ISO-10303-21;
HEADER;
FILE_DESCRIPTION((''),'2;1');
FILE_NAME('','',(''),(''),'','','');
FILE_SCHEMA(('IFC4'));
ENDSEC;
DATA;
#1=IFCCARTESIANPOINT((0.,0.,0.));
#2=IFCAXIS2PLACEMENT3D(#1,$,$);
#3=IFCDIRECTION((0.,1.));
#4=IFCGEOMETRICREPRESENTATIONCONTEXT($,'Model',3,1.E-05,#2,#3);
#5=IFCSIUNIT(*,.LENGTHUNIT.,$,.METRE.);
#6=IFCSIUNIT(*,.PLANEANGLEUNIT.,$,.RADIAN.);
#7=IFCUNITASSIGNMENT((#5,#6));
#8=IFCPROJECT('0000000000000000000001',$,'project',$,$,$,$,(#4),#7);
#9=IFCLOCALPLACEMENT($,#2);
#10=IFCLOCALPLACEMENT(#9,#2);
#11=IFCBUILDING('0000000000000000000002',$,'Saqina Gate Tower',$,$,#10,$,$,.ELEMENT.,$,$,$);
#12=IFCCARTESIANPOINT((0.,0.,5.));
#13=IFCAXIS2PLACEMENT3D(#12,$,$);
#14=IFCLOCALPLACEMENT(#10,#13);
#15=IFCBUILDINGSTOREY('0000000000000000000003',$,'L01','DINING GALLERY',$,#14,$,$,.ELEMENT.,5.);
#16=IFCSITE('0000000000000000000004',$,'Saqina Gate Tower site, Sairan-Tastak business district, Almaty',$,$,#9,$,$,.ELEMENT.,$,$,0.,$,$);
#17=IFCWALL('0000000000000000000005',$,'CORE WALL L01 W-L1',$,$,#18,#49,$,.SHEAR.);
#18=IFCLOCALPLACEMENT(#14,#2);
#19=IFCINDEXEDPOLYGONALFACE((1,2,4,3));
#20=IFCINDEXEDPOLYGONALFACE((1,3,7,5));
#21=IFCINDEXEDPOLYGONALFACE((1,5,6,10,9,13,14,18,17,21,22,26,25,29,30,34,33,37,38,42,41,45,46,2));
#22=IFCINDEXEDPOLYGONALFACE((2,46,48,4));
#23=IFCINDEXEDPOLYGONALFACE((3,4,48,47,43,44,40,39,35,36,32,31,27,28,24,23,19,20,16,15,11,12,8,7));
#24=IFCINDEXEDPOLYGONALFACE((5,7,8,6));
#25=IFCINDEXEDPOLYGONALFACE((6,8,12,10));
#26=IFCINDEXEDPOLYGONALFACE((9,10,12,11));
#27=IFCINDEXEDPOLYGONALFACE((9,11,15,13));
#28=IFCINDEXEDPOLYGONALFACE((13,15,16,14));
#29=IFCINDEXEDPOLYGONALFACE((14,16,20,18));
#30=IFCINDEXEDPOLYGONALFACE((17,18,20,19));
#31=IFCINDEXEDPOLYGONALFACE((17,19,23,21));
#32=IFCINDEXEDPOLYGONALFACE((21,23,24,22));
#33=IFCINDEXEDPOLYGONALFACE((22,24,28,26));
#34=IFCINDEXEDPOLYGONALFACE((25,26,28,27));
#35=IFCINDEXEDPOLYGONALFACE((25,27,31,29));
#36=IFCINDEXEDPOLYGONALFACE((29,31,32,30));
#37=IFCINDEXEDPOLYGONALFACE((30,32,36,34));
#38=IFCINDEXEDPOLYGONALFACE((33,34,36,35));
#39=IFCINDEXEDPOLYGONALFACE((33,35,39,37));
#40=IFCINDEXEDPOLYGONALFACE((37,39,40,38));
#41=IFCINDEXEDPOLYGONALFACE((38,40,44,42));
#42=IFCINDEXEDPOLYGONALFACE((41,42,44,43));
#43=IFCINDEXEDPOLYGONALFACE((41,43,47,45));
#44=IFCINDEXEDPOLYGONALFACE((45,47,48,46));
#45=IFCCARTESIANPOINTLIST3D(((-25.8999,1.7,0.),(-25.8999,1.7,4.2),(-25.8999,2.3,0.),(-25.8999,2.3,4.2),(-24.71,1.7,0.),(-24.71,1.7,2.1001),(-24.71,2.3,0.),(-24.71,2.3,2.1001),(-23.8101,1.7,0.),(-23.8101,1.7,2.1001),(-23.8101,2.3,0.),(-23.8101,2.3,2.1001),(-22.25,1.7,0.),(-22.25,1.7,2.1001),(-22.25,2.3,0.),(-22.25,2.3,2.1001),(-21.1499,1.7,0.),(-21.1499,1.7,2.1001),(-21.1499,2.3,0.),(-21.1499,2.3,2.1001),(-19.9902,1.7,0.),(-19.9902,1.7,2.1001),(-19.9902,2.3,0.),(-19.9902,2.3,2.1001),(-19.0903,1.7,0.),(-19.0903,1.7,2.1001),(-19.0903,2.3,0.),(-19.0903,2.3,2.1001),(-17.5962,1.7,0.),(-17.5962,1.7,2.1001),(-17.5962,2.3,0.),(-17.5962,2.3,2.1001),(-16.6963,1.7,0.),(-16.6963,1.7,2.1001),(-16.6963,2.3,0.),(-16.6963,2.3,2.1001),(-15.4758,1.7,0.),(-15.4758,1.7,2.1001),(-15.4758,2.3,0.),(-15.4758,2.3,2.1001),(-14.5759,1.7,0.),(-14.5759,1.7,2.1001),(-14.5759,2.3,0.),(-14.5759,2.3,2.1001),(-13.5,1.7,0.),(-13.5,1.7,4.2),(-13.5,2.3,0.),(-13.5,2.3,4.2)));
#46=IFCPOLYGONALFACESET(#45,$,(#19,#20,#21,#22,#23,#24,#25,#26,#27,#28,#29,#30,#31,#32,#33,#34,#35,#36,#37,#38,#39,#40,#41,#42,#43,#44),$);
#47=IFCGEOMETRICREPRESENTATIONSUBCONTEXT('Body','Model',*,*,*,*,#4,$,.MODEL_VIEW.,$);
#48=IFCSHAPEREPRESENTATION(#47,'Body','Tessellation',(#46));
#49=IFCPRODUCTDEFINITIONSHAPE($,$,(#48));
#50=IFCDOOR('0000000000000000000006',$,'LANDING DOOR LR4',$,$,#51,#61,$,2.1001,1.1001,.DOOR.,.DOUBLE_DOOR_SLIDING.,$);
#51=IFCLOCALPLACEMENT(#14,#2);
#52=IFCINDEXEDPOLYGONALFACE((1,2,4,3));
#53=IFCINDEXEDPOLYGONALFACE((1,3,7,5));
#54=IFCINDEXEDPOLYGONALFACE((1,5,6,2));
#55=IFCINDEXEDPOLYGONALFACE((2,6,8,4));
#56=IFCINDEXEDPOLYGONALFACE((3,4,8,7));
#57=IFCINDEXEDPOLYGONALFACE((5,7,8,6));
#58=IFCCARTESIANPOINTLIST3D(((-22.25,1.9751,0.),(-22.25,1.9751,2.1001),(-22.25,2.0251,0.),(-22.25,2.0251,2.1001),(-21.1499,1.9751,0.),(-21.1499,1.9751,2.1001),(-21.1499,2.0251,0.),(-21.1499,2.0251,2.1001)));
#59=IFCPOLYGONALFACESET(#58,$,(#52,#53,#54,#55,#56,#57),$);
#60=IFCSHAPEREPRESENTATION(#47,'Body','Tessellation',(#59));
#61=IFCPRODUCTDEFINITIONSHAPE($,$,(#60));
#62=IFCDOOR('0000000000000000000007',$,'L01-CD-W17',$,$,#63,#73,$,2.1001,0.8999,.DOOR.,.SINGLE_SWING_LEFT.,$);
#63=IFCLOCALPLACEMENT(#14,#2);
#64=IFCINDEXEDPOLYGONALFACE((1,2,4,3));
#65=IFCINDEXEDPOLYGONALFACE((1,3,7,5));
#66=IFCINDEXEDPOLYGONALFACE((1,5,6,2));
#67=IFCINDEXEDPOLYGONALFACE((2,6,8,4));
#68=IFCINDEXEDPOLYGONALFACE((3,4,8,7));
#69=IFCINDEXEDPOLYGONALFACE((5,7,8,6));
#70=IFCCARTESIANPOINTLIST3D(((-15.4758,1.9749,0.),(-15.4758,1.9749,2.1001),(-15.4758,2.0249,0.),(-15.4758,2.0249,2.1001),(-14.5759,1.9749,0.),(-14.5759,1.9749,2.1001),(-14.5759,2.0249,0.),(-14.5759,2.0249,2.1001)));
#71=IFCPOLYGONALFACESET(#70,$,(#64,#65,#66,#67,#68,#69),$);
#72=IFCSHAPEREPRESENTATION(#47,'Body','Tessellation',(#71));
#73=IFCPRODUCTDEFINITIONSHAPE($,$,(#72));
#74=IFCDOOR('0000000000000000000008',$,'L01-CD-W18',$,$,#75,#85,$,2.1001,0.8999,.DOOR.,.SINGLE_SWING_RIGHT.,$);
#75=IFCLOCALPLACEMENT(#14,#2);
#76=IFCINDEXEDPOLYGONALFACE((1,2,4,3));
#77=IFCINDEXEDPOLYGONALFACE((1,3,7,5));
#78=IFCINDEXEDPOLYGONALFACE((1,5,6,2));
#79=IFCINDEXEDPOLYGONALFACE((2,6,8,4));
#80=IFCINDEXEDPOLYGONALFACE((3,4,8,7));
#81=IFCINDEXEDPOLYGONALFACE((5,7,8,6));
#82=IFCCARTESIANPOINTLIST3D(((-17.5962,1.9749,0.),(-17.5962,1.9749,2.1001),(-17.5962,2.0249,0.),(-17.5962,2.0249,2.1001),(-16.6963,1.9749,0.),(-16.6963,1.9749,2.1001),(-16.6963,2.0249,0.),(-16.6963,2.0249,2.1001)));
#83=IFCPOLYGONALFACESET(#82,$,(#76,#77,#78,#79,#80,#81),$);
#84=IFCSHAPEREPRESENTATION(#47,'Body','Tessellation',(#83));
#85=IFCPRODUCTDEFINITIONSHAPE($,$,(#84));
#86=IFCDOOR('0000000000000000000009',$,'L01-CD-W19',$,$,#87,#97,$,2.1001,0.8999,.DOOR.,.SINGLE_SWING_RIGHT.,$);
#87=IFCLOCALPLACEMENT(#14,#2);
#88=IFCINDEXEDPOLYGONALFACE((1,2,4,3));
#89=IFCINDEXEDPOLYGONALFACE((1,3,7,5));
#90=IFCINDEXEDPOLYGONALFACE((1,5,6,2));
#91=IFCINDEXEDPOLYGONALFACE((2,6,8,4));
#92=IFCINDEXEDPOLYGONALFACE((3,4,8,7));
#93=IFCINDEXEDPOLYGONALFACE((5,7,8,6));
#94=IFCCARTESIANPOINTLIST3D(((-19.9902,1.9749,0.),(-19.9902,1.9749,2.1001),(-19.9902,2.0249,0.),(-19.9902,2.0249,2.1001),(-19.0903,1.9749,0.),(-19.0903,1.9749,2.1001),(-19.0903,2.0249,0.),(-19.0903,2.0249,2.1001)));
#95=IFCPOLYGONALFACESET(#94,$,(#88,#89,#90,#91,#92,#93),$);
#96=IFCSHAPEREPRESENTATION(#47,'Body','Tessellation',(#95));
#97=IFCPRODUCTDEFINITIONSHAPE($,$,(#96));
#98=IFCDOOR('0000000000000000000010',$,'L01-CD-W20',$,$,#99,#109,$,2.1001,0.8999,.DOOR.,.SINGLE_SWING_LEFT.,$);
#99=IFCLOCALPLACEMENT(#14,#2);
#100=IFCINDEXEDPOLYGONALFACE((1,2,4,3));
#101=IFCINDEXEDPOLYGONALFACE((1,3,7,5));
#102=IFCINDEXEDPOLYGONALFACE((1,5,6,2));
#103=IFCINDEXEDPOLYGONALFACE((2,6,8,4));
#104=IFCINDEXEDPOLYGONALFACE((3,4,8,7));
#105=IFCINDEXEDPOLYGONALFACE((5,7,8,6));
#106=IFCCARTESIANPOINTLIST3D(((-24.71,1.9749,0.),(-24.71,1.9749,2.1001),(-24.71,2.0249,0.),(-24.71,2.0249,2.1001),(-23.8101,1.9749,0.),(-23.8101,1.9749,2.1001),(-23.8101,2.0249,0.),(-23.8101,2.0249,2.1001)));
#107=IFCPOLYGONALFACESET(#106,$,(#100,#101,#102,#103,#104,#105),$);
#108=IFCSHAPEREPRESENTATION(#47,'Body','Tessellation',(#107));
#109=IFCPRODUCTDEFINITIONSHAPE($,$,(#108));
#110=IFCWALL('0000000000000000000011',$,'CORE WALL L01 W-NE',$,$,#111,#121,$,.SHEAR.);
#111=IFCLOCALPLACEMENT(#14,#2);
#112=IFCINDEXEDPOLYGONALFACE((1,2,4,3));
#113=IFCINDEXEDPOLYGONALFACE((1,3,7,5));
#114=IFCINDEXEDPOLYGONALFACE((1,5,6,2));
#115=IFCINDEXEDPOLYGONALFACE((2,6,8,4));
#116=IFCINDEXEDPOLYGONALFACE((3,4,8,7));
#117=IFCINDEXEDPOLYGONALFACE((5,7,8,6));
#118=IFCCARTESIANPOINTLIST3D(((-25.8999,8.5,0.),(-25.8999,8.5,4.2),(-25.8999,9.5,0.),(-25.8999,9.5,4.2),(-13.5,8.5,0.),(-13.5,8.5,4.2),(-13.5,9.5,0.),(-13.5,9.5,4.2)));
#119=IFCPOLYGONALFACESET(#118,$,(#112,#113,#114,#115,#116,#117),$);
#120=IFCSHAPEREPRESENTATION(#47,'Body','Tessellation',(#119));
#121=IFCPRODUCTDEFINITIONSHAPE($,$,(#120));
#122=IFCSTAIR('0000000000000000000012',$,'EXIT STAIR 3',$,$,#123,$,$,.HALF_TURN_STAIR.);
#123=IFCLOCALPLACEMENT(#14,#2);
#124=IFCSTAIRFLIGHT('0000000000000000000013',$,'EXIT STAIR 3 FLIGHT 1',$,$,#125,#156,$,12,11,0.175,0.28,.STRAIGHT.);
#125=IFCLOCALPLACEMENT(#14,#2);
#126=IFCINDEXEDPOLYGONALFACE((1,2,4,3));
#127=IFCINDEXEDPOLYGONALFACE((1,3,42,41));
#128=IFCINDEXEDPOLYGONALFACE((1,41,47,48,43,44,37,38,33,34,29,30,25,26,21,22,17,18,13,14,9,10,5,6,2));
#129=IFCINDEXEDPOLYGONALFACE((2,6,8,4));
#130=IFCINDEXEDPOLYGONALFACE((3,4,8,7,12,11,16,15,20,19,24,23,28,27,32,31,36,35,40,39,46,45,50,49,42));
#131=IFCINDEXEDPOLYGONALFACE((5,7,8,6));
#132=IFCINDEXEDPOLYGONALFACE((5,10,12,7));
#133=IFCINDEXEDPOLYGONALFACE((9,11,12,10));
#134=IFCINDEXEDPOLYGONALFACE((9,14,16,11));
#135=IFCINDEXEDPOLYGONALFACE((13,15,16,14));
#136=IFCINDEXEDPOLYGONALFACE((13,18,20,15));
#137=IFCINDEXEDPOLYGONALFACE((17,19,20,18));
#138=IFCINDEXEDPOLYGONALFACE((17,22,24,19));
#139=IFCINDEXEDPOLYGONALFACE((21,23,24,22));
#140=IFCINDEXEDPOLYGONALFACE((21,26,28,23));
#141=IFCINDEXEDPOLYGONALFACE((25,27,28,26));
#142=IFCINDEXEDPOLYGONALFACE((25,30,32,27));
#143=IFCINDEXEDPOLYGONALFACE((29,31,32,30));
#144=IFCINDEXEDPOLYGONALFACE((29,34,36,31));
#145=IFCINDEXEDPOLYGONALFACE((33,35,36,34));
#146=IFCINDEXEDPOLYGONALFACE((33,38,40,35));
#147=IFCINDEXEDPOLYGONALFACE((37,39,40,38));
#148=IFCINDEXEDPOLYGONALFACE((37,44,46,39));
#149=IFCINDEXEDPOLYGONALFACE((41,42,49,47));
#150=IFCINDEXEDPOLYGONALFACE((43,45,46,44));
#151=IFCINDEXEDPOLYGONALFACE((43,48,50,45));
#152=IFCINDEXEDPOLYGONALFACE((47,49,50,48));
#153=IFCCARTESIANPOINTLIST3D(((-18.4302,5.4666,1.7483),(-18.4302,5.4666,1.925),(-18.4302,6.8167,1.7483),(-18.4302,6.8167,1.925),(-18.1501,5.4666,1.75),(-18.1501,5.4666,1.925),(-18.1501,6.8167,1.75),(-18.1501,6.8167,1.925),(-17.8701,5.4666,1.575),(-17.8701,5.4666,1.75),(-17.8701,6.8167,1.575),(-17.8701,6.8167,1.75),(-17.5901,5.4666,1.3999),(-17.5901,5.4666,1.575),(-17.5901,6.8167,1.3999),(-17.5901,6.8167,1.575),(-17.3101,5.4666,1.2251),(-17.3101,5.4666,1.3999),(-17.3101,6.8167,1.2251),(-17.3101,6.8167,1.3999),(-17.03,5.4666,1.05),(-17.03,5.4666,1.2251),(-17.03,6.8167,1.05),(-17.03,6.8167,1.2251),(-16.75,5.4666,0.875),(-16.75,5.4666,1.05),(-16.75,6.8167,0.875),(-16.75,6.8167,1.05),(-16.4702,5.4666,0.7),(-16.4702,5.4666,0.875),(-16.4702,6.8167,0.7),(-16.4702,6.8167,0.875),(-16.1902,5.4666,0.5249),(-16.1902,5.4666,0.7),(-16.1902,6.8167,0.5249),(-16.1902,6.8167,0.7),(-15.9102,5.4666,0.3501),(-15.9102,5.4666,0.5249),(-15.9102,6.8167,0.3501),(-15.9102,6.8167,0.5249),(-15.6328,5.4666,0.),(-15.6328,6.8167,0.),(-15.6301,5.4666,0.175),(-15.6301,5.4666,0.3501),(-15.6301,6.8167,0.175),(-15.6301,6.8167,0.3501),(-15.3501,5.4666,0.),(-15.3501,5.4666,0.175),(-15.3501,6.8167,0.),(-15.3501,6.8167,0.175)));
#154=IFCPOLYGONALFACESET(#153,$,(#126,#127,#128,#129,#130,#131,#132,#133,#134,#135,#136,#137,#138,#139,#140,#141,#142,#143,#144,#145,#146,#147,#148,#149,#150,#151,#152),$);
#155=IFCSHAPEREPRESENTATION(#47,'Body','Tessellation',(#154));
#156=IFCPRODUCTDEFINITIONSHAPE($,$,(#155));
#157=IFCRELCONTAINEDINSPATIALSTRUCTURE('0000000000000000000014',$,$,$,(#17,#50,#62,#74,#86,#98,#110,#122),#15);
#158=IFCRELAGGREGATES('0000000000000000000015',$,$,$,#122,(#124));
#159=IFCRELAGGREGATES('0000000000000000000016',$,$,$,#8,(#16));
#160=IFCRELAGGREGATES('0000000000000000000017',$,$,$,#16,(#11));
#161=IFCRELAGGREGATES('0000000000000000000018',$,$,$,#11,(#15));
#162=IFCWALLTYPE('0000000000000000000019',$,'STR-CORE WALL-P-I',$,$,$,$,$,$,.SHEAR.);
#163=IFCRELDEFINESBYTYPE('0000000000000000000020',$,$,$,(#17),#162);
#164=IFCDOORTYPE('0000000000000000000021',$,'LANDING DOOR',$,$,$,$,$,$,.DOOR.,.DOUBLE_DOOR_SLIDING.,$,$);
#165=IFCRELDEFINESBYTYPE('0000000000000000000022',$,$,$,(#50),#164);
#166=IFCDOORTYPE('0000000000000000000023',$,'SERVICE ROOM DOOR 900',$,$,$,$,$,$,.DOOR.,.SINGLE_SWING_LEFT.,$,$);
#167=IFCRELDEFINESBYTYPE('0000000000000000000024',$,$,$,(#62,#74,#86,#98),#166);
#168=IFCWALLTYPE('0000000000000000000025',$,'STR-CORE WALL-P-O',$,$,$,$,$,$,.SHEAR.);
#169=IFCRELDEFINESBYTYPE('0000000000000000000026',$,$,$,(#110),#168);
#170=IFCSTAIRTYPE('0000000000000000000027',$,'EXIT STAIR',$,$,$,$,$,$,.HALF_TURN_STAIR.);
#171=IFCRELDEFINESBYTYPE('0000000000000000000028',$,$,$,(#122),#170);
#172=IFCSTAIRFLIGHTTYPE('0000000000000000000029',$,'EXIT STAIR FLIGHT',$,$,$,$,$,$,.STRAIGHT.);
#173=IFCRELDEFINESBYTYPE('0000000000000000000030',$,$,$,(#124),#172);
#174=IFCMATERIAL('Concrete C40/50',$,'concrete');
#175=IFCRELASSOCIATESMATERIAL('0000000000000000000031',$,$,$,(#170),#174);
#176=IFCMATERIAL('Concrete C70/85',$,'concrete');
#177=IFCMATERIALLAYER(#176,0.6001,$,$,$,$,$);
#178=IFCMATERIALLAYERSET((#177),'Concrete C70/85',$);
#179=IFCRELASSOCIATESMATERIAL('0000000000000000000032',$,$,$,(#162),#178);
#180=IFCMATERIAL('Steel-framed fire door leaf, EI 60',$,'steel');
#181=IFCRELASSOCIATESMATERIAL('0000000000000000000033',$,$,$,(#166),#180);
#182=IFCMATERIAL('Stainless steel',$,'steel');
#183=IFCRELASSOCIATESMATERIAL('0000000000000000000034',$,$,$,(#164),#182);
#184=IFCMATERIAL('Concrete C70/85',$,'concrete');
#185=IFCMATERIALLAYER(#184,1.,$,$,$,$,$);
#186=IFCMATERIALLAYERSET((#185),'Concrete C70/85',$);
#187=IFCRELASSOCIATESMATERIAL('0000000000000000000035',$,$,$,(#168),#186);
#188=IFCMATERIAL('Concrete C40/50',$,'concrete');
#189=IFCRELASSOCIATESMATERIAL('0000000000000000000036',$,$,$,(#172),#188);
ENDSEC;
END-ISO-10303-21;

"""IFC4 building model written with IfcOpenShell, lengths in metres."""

from ifc_helpers import new_model, si_unit, direction, frame, frame_2d, origin, place, context, subcontext, project, spatial, polyline, rectangle, outline, extrude, material, layer, layer_set, type_object, element, fill, aggregate, save


model = new_model("IFC4")

# Units and contexts
model_context = context("Model", 3, precision=1e-05, world=origin(), true_north=direction((0.0, 1.0)))
body_context = subcontext(model_context, "Body", "Model", "MODEL_VIEW")
ifc_project = project(units=[si_unit("LENGTHUNIT", "METRE"), si_unit("PLANEANGLEUNIT", "RADIAN")], contexts=[model_context])

# Site, building, storey
site_placement = place(None, origin())
site = spatial("IfcSite", under=ifc_project, at=site_placement, Name="Saqina Gate Tower site, Sairan-Tastak business district, Almaty", CompositionType="ELEMENT", RefElevation=0.0)
building_placement = place(site_placement, origin())
building = spatial("IfcBuilding", under=site, at=building_placement, Name="Saqina Gate Tower", CompositionType="ELEMENT")
storey_placement = place(building_placement, frame((0.0, 0.0, 5.0)))
storey = spatial("IfcBuildingStorey", under=building, at=storey_placement, Name="L01", Description="DINING GALLERY", CompositionType="ELEMENT", Elevation=5.0)

# Shared definitions
ifc_material_1 = material(Name="Concrete C40/50", Category="concrete")
stair_type = type_object("IfcStairType", Name="EXIT STAIR", PredefinedType="HALF_TURN_STAIR", material=ifc_material_1)

# Shared definitions
ifc_material_2 = material(Name="Concrete C70/85", Category="concrete")
ifc_layer_1 = layer(ifc_material_2, 0.6001)
ifc_layer_set_1 = layer_set([ifc_layer_1], Name="Concrete C70/85")
wall_type_1 = type_object("IfcWallType", Name="STR-CORE WALL-P-I", PredefinedType="SHEAR", material=ifc_layer_set_1)
ifc_material_3 = material(Name="Steel-framed fire door leaf, EI 60", Category="steel")
door_type_1 = type_object("IfcDoorType", Name="SERVICE ROOM DOOR 900", OperationType="SINGLE_SWING_LEFT", PredefinedType="DOOR", material=ifc_material_3)

# Wall, openings, doors
wall_1_placement = place(storey_placement, frame((-13.5, 2.0, 0.0), z_axis=(0.0, 0.0, 1.0), x_axis=(-1.0, 0.0, 0.0)))
wall_1 = element("IfcWall", 1, at=wall_1_placement, inside=storey, type_object=wall_type_1, Name="CORE WALL L01 W-L1", PredefinedType="SHEAR", context=body_context, shape_type="SweptSolid", body=[
    extrude(rectangle(XDim=12.3999, YDim=0.6001, at=frame_2d((6.2, 0.0))), origin(), (0.0, 0.0, 1.0), 4.2),
])
opening_1_placement = place(wall_1_placement, frame((7.6499, 0.0, 0.0)))
opening_1 = element("IfcOpeningElement", 2, at=opening_1_placement, cuts=wall_1, PredefinedType="OPENING", context=body_context, shape_type="SweptSolid", body=[
    extrude(rectangle(XDim=1.1001, YDim=2.1001, at=frame_2d((0.55, 1.05))), frame((0.0, 0.312, 0.0), z_axis=(0.0, -1.0, 0.0), x_axis=(1.0, 0.0, 0.0)), (0.0, 0.0, 1.0), 0.624),
])
opening_2_placement = place(wall_1_placement, frame((1.0759, 0.0, 0.0)))
opening_2 = element("IfcOpeningElement", 3, at=opening_2_placement, cuts=wall_1, PredefinedType="OPENING", context=body_context, shape_type="SweptSolid", body=[
    extrude(rectangle(XDim=0.8999, YDim=2.1001, at=frame_2d((0.45, 1.05))), frame((0.0, 0.312, 0.0), z_axis=(0.0, -1.0, 0.0), x_axis=(1.0, 0.0, 0.0)), (0.0, 0.0, 1.0), 0.624),
])
opening_3_placement = place(wall_1_placement, frame((3.1963, 0.0, 0.0)))
opening_3 = element("IfcOpeningElement", 4, at=opening_3_placement, cuts=wall_1, PredefinedType="OPENING", context=body_context, shape_type="SweptSolid", body=[
    extrude(rectangle(XDim=0.8999, YDim=2.1001, at=frame_2d((0.45, 1.05))), frame((0.0, 0.312, 0.0), z_axis=(0.0, -1.0, 0.0), x_axis=(1.0, 0.0, 0.0)), (0.0, 0.0, 1.0), 0.624),
])
opening_4_placement = place(wall_1_placement, frame((5.5903, 0.0, 0.0)))
opening_4 = element("IfcOpeningElement", 5, at=opening_4_placement, cuts=wall_1, PredefinedType="OPENING", context=body_context, shape_type="SweptSolid", body=[
    extrude(rectangle(XDim=0.8999, YDim=2.1001, at=frame_2d((0.45, 1.05))), frame((0.0, 0.312, 0.0), z_axis=(0.0, -1.0, 0.0), x_axis=(1.0, 0.0, 0.0)), (0.0, 0.0, 1.0), 0.624),
])
opening_5_placement = place(wall_1_placement, frame((10.3101, 0.0, 0.0)))
opening_5 = element("IfcOpeningElement", 6, at=opening_5_placement, cuts=wall_1, PredefinedType="OPENING", context=body_context, shape_type="SweptSolid", body=[
    extrude(rectangle(XDim=0.8999, YDim=2.1001, at=frame_2d((0.45, 1.05))), frame((0.0, 0.312, 0.0), z_axis=(0.0, -1.0, 0.0), x_axis=(1.0, 0.0, 0.0)), (0.0, 0.0, 1.0), 0.624),
])
ifc_material_4 = material(Name="Stainless steel", Category="steel")
door_type_2 = type_object("IfcDoorType", Name="LANDING DOOR", OperationType="DOUBLE_DOOR_SLIDING", PredefinedType="DOOR", material=ifc_material_4)
door_1_placement = place(opening_1_placement, origin())
door_1 = element("IfcDoor", 7, at=door_1_placement, inside=storey, type_object=door_type_2, Name="LANDING DOOR LR4", OperationType="DOUBLE_DOOR_SLIDING", OverallHeight=2.1001, OverallWidth=1.1001, PredefinedType="DOOR", context=body_context, shape_type="SweptSolid", body=[
    extrude(rectangle(XDim=1.1001, YDim=2.1001, at=frame_2d((0.55, 1.05))), frame((0.0, 0.0249, 0.0), z_axis=(0.0, -1.0, 0.0), x_axis=(1.0, 0.0, 0.0)), (0.0, 0.0, 1.0), 0.05),
])
fill(opening_1, door_1)
door_2_placement = place(opening_2_placement, frame((0.8999, 0.0, 0.0), z_axis=(0.0, 0.0, 1.0), x_axis=(-1.0, 0.0, 0.0)))
door_2 = element("IfcDoor", 8, at=door_2_placement, inside=storey, type_object=door_type_1, Name="L01-CD-W17", OperationType="SINGLE_SWING_LEFT", OverallHeight=2.1001, OverallWidth=0.8999, PredefinedType="DOOR", context=body_context, shape_type="SweptSolid", body=[
    extrude(rectangle(XDim=0.8999, YDim=2.1001, at=frame_2d((0.45, 1.05))), frame((0.0, 0.0249, 0.0), z_axis=(0.0, -1.0, 0.0), x_axis=(1.0, 0.0, 0.0)), (0.0, 0.0, 1.0), 0.05),
])
fill(opening_2, door_2)
door_3_placement = place(opening_3_placement, frame((0.8999, 0.0, 0.0), z_axis=(0.0, 0.0, 1.0), x_axis=(-1.0, 0.0, 0.0)))
door_3 = element("IfcDoor", 9, at=door_3_placement, inside=storey, type_object=door_type_1, Name="L01-CD-W18", OperationType="SINGLE_SWING_RIGHT", OverallHeight=2.1001, OverallWidth=0.8999, PredefinedType="DOOR", context=body_context, shape_type="SweptSolid", body=[
    extrude(rectangle(XDim=0.8999, YDim=2.1001, at=frame_2d((0.45, 1.05))), frame((0.0, 0.0249, 0.0), z_axis=(0.0, -1.0, 0.0), x_axis=(1.0, 0.0, 0.0)), (0.0, 0.0, 1.0), 0.05),
])
fill(opening_3, door_3)
door_4_placement = place(opening_4_placement, frame((0.8999, 0.0, 0.0), z_axis=(0.0, 0.0, 1.0), x_axis=(-1.0, 0.0, 0.0)))
door_4 = element("IfcDoor", 10, at=door_4_placement, inside=storey, type_object=door_type_1, Name="L01-CD-W19", OperationType="SINGLE_SWING_RIGHT", OverallHeight=2.1001, OverallWidth=0.8999, PredefinedType="DOOR", context=body_context, shape_type="SweptSolid", body=[
    extrude(rectangle(XDim=0.8999, YDim=2.1001, at=frame_2d((0.45, 1.05))), frame((0.0, 0.0249, 0.0), z_axis=(0.0, -1.0, 0.0), x_axis=(1.0, 0.0, 0.0)), (0.0, 0.0, 1.0), 0.05),
])
fill(opening_4, door_4)
door_5_placement = place(opening_5_placement, frame((0.8999, 0.0, 0.0), z_axis=(0.0, 0.0, 1.0), x_axis=(-1.0, 0.0, 0.0)))
door_5 = element("IfcDoor", 11, at=door_5_placement, inside=storey, type_object=door_type_1, Name="L01-CD-W20", OperationType="SINGLE_SWING_LEFT", OverallHeight=2.1001, OverallWidth=0.8999, PredefinedType="DOOR", context=body_context, shape_type="SweptSolid", body=[
    extrude(rectangle(XDim=0.8999, YDim=2.1001, at=frame_2d((0.45, 1.05))), frame((0.0, 0.0249, 0.0), z_axis=(0.0, -1.0, 0.0), x_axis=(1.0, 0.0, 0.0)), (0.0, 0.0, 1.0), 0.05),
])
fill(opening_5, door_5)

# Wall
ifc_material_5 = material(Name="Concrete C70/85", Category="concrete")
ifc_layer_2 = layer(ifc_material_5, 1.0)
ifc_layer_set_2 = layer_set([ifc_layer_2], Name="Concrete C70/85")
wall_type_2 = type_object("IfcWallType", Name="STR-CORE WALL-P-O", PredefinedType="SHEAR", material=ifc_layer_set_2)
wall_2_placement = place(storey_placement, frame((-13.5, 9.0, 0.0), z_axis=(0.0, 0.0, 1.0), x_axis=(-1.0, 0.0, 0.0)))
element("IfcWall", 12, at=wall_2_placement, inside=storey, type_object=wall_type_2, Name="CORE WALL L01 W-NE", PredefinedType="SHEAR", context=body_context, shape_type="SweptSolid", body=[
    extrude(rectangle(XDim=12.3999, YDim=1.0, at=frame_2d((6.2, 0.0))), origin(), (0.0, 0.0, 1.0), 4.2),
])

# Stair, stair flight
stair_1_placement = place(storey_placement, origin())
stair_1 = element("IfcStair", 13, at=stair_1_placement, inside=storey, type_object=stair_type, Name="EXIT STAIR 3", PredefinedType="HALF_TURN_STAIR")
ifc_material_6 = material(Name="Concrete C40/50", Category="concrete")
stair_flight_type = type_object("IfcStairFlightType", Name="EXIT STAIR FLIGHT", PredefinedType="STRAIGHT", material=ifc_material_6)
stair_flight_1_placement = place(storey_placement, frame((-15.3501, 6.1416, 0.0), z_axis=(0.0, 0.0, 1.0), x_axis=(-1.0, 0.0, 0.0)))
stair_flight_1 = element("IfcStairFlight", 14, at=stair_flight_1_placement, type_object=stair_flight_type, Name="EXIT STAIR 3 FLIGHT 1", NumberOfRisers=12, NumberOfTreads=11, PredefinedType="STRAIGHT", RiserHeight=0.175, TreadLength=0.28, context=body_context, shape_type="SweptSolid", body=[
    extrude(outline(polyline([(0.0, 0.0), (0.0, 0.175), (0.28, 0.175), (0.28, 0.3501), (0.5601, 0.3501), (0.5601, 0.5249), (0.8401, 0.5249), (0.8401, 0.7), (1.1201, 0.7), (1.1201, 0.875), (1.3999, 0.875), (1.3999, 1.05), (1.6799, 1.05), (1.6799, 1.2251), (1.96, 1.2251), (1.96, 1.3999), (2.24, 1.3999), (2.24, 1.575), (2.52, 1.575), (2.52, 1.75), (2.8, 1.75), (2.8, 1.925), (3.0801, 1.925), (3.0801, 2.1001), (3.0801, 1.7483), (0.2827, 0.0), (0.0, 0.0)])), frame((0.0, 0.675, 0.0), z_axis=(0.0, -1.0, 0.0), x_axis=(1.0, 0.0, 0.0)), (0.0, 0.0, 1.0), 1.3501),
])
aggregate(stair_1, [stair_flight_1])

save(model, "model.ifc")
